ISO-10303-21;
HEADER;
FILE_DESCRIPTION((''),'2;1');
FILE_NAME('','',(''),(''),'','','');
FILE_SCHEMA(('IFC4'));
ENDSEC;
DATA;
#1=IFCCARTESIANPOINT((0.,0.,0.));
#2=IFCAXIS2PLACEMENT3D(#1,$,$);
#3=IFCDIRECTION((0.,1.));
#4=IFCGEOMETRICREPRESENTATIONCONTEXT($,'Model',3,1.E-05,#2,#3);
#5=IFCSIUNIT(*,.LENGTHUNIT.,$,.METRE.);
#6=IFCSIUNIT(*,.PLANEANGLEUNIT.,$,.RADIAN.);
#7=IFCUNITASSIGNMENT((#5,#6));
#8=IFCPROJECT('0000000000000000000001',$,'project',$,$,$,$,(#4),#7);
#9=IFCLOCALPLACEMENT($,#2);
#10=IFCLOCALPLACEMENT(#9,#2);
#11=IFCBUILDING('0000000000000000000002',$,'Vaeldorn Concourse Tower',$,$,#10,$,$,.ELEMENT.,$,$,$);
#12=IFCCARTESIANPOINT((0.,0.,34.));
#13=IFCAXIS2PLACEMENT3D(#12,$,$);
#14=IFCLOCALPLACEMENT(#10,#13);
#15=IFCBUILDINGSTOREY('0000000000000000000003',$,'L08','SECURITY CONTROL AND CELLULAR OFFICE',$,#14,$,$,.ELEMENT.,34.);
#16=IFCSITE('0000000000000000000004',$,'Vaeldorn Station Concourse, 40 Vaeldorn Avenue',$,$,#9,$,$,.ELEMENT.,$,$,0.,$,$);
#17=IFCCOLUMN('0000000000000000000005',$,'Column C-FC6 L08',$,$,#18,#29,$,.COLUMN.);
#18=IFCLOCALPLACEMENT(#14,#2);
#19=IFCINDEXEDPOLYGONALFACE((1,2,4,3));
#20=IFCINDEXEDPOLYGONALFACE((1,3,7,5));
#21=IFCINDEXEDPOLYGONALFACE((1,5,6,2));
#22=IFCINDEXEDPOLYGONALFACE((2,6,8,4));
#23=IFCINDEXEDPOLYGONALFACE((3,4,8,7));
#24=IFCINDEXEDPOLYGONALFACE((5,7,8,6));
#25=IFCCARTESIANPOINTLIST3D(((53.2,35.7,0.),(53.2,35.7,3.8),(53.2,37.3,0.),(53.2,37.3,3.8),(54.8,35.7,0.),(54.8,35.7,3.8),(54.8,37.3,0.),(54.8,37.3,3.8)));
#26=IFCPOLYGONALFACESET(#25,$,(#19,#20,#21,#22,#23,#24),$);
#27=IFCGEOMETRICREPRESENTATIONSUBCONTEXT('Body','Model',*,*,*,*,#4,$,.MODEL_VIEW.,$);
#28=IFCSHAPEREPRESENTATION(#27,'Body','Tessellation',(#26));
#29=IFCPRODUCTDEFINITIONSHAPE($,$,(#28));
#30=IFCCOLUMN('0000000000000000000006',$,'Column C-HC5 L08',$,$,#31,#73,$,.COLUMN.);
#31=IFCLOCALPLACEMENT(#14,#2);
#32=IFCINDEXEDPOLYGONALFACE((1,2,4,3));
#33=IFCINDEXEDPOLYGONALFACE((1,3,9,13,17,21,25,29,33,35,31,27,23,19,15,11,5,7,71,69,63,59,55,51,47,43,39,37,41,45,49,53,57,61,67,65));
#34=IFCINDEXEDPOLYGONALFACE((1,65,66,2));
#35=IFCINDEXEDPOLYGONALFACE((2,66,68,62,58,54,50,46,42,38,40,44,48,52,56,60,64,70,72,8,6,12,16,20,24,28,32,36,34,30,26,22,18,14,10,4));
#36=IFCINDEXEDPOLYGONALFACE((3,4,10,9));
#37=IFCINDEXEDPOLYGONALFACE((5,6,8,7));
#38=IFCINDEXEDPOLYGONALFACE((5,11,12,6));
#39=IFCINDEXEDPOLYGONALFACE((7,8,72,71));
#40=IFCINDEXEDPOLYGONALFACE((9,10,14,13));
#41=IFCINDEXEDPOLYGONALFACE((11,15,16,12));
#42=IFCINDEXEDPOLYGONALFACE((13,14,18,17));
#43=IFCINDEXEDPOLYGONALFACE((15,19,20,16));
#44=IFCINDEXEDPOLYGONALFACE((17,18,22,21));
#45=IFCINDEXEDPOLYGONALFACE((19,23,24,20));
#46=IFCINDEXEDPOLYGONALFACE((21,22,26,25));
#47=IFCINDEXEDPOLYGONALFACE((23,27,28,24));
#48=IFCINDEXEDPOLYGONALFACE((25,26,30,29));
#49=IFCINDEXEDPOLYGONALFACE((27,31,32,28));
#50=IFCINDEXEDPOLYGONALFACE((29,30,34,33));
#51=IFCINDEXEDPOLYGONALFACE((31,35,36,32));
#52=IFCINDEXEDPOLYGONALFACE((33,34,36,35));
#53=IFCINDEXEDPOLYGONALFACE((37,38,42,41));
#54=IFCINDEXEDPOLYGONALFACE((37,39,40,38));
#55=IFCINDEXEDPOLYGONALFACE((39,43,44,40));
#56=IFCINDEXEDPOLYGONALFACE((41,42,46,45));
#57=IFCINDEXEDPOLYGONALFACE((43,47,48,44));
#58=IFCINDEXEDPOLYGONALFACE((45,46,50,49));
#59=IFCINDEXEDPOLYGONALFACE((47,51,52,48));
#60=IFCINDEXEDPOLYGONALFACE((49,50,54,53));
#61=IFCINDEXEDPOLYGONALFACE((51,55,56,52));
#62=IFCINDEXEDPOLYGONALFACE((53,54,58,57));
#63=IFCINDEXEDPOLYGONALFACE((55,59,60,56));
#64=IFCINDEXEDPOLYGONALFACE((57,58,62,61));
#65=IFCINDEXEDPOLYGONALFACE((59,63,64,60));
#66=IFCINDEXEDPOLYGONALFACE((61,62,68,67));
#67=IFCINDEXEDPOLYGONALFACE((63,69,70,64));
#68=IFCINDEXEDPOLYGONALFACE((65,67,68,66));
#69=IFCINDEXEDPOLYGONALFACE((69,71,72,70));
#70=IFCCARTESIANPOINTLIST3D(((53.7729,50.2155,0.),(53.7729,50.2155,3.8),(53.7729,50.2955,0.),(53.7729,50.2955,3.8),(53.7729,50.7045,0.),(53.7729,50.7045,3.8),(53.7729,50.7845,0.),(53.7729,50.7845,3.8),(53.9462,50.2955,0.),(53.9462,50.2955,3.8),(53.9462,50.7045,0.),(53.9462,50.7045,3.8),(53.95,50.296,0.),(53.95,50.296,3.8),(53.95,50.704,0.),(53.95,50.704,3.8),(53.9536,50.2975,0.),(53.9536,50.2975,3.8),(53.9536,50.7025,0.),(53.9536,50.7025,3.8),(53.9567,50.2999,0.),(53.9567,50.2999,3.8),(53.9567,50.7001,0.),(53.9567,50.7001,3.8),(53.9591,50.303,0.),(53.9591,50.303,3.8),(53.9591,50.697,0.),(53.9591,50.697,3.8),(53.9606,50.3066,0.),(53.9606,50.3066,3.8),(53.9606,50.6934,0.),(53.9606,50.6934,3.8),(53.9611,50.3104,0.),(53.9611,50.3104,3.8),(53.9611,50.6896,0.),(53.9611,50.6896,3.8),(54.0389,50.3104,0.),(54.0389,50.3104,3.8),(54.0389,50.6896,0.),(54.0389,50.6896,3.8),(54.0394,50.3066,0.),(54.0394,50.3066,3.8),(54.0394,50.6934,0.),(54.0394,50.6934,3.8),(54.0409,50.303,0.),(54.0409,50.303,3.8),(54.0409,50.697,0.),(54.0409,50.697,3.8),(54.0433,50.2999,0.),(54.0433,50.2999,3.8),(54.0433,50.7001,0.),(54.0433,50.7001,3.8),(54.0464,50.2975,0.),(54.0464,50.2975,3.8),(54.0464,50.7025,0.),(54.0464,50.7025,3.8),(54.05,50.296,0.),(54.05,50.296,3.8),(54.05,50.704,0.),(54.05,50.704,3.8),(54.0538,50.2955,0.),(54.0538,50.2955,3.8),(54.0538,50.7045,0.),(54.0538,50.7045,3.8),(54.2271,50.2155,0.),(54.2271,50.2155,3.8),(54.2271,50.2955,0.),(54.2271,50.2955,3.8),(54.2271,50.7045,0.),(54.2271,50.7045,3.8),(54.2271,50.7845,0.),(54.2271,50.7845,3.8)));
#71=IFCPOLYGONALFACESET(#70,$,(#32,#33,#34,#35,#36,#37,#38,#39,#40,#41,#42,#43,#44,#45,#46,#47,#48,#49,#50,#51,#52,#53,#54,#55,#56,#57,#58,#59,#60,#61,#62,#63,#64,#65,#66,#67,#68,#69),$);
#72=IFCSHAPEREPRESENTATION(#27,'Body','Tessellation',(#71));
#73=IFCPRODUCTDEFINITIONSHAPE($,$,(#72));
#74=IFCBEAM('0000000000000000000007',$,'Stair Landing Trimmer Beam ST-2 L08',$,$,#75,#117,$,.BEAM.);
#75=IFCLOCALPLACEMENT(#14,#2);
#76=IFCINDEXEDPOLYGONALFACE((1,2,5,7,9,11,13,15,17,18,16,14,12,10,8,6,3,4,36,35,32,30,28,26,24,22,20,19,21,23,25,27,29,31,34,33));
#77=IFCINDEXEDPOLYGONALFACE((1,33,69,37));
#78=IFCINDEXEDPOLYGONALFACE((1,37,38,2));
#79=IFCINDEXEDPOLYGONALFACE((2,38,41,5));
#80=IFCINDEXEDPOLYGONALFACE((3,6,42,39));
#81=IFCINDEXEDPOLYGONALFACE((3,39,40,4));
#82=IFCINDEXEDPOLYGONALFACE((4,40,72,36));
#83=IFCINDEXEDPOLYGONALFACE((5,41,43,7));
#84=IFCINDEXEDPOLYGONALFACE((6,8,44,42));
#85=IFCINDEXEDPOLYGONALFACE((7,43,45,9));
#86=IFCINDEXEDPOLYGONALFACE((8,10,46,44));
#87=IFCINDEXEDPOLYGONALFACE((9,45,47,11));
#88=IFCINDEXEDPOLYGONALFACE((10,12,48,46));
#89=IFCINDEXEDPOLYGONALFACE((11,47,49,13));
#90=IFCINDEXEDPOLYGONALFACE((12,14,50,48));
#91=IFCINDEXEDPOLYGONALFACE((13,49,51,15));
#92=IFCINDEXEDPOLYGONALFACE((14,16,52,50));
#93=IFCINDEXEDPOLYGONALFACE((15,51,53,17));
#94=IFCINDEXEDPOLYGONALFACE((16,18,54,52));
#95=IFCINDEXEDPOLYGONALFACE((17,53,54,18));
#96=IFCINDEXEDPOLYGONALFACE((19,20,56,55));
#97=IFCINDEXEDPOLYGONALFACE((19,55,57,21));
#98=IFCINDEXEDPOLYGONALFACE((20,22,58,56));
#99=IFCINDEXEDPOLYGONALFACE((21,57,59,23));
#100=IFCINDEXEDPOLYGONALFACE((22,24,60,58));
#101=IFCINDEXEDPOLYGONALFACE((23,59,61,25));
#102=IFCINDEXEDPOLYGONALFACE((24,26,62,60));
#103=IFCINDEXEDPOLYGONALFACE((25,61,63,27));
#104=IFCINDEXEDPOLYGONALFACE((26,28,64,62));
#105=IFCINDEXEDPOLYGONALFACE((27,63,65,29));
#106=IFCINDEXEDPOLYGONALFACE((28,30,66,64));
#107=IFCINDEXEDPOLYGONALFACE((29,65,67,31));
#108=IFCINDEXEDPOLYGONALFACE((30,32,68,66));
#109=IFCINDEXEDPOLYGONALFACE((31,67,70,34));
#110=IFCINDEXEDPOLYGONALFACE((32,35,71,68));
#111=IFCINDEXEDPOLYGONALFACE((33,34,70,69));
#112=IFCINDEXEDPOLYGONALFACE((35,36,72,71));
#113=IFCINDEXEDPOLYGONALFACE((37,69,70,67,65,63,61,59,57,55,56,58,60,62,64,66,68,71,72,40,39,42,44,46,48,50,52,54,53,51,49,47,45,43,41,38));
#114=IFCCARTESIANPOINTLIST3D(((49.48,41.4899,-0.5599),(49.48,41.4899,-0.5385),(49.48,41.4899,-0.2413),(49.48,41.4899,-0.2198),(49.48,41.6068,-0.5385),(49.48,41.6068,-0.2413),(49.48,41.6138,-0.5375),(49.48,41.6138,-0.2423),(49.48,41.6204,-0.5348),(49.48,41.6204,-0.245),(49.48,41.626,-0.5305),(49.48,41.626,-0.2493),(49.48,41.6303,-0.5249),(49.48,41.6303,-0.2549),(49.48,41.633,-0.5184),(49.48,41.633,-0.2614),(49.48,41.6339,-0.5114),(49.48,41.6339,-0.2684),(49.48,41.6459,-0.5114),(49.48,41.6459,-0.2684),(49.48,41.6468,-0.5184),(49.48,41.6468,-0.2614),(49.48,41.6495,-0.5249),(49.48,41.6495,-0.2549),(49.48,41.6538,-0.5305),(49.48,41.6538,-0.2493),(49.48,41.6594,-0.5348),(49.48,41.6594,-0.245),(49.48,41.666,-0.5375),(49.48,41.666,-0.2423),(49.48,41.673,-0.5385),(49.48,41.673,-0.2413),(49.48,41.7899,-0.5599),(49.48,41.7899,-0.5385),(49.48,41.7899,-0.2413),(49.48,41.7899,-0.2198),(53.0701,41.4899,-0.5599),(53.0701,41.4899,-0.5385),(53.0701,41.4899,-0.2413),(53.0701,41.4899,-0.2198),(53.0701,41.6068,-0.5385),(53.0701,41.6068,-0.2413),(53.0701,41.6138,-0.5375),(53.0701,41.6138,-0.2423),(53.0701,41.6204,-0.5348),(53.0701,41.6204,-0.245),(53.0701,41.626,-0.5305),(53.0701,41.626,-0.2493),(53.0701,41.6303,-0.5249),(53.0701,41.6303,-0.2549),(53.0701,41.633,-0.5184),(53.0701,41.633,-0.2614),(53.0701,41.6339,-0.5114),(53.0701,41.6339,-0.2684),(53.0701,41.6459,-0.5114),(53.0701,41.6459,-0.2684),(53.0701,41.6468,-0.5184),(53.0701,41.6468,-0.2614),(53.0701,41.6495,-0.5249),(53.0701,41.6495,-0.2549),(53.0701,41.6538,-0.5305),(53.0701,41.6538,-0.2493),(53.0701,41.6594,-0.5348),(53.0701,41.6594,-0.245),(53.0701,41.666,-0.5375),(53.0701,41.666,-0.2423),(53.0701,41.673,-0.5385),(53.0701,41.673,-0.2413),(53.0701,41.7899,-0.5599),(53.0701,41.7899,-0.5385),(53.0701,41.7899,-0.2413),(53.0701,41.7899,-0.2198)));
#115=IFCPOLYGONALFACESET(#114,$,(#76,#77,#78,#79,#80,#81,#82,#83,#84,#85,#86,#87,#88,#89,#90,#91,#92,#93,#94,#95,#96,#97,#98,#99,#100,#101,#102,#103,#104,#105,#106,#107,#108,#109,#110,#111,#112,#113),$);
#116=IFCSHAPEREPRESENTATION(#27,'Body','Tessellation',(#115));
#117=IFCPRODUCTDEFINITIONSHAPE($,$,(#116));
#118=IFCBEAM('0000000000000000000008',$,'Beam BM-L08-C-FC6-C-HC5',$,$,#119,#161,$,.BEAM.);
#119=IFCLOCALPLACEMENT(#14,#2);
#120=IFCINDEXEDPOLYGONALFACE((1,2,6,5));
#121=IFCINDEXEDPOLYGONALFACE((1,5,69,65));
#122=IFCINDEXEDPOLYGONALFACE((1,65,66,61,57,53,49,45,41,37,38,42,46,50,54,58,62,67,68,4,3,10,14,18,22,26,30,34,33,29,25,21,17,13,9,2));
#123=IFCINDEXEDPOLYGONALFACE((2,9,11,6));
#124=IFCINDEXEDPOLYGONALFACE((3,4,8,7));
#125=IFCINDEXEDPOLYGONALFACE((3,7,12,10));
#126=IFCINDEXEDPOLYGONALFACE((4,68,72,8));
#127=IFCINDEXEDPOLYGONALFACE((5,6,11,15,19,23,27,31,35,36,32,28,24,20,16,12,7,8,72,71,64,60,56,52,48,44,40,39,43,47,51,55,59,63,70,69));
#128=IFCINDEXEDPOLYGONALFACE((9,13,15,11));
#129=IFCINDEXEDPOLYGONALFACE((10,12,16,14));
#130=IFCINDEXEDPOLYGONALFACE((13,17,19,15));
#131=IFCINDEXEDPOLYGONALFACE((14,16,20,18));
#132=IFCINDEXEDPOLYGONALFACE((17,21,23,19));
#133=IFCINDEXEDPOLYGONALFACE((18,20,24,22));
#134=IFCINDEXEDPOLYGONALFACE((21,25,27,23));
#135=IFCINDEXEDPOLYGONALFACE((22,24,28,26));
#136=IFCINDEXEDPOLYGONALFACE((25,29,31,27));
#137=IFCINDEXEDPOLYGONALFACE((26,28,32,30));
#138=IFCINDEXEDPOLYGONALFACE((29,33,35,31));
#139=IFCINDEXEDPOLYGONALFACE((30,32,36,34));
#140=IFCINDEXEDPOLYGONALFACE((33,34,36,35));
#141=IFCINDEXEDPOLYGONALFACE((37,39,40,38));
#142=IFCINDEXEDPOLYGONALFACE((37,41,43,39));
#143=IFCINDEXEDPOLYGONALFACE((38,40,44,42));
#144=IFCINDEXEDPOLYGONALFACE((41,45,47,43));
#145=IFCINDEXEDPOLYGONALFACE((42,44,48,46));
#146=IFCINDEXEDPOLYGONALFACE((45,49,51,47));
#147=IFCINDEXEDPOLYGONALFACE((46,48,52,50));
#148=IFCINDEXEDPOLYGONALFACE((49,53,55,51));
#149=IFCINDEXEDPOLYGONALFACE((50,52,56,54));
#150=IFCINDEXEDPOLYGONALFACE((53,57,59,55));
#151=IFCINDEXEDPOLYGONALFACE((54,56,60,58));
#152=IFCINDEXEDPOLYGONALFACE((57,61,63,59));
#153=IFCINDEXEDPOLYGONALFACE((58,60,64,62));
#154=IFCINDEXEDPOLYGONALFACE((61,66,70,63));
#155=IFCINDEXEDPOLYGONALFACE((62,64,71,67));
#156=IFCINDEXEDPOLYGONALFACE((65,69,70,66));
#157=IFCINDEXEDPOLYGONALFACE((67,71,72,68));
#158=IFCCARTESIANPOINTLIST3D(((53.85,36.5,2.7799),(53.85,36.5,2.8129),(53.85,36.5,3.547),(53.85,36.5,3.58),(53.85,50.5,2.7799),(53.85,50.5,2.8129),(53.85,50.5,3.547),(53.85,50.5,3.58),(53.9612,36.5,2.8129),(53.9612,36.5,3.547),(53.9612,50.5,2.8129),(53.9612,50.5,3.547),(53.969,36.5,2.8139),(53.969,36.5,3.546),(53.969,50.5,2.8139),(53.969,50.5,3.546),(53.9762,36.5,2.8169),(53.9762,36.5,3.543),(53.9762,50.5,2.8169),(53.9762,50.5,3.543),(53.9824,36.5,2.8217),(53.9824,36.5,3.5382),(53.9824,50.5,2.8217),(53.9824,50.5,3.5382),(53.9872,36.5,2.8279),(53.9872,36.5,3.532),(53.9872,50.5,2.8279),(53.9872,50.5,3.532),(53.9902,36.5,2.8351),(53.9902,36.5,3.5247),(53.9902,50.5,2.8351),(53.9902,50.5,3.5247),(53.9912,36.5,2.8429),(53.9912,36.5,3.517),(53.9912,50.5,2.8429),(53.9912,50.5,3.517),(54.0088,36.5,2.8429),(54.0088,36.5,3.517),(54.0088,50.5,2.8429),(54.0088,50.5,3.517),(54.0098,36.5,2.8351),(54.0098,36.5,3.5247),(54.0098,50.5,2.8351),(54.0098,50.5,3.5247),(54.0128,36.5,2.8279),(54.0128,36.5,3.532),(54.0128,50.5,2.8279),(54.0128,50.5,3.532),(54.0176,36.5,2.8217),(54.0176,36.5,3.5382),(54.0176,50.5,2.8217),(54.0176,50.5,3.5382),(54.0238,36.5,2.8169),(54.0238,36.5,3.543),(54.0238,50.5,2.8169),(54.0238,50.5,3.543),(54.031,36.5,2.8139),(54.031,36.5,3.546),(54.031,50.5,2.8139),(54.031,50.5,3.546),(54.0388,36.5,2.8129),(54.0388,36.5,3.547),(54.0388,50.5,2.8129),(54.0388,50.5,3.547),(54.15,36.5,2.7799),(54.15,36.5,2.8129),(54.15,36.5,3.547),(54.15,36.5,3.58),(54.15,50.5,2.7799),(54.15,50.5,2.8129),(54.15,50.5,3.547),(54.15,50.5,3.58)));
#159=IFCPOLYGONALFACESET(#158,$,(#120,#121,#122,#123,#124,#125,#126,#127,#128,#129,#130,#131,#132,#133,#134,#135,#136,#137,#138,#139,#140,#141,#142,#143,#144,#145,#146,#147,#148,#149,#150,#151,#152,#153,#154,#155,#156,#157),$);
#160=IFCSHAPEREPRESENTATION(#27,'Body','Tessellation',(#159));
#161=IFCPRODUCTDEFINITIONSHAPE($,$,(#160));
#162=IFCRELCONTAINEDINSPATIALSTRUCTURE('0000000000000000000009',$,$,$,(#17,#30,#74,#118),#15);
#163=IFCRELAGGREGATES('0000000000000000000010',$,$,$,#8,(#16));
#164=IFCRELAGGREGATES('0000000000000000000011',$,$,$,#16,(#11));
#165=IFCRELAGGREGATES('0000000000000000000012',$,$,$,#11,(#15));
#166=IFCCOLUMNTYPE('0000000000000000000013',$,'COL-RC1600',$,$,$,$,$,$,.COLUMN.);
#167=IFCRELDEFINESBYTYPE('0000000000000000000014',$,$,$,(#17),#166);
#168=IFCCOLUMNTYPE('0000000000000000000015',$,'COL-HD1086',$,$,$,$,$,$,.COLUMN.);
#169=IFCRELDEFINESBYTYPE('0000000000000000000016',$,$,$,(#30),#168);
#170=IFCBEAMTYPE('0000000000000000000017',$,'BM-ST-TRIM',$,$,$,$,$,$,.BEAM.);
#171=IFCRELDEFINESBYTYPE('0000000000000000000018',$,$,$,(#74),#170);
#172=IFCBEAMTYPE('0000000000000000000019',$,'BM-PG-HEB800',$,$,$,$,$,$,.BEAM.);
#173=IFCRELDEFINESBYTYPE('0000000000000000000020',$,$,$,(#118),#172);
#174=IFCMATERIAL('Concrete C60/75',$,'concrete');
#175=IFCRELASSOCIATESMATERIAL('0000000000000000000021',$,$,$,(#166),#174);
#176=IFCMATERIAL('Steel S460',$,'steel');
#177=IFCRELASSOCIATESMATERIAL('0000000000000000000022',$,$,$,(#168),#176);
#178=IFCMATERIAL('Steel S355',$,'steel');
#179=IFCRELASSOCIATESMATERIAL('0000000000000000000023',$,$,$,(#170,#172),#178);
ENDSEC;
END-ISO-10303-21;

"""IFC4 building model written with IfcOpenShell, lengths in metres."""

from ifc_helpers import new_model, si_unit, direction, frame, origin, origin_2d, place, context, subcontext, project, spatial, rectangle, i_section, extrude, source, transform, mapped, material, material_profile, profile_set, type_object, element, save


model = new_model("IFC4")

# Units and contexts
model_context = context("Model", 3, precision=1e-05, world=origin(), true_north=direction((0.0, 1.0)))
body_context = subcontext(model_context, "Body", "Model", "MODEL_VIEW")
ifc_project = project(units=[si_unit("LENGTHUNIT", "METRE"), si_unit("PLANEANGLEUNIT", "RADIAN")], contexts=[model_context])

# Site, building, storey
site_placement = place(None, origin())
site = spatial("IfcSite", under=ifc_project, at=site_placement, Name="Vaeldorn Station Concourse, 40 Vaeldorn Avenue", CompositionType="ELEMENT", RefElevation=0.0)
building_placement = place(site_placement, origin())
building = spatial("IfcBuilding", under=site, at=building_placement, Name="Vaeldorn Concourse Tower", CompositionType="ELEMENT")
storey_placement = place(building_placement, frame((0.0, 0.0, 34.0)))
storey = spatial("IfcBuildingStorey", under=building, at=storey_placement, Name="L08", Description="SECURITY CONTROL AND CELLULAR OFFICE", CompositionType="ELEMENT", Elevation=34.0)

# Columns
ifc_material_1 = material(Name="Concrete C60/75", Category="concrete")
ifc_material_profile_1 = material_profile(ifc_material_1, rectangle(XDim=1.6001, YDim=1.6001, at=origin_2d()), Name="RC 1600x1600")
ifc_profile_set_1 = profile_set([ifc_material_profile_1], Name="Concrete C60/75")
column_type_1 = type_object("IfcColumnType", Name="COL-RC1600", PredefinedType="COLUMN", material=ifc_profile_set_1)
shared_shape_1 = source(origin(), body_context, "Body", "SweptSolid", [
    extrude(rectangle(XDim=1.6001, YDim=1.6001, at=origin_2d()), origin(), (0.0, 0.0, 1.0), 3.8),
])
column_1_placement = place(storey_placement, frame((54.0, 36.5, 0.0), z_axis=(0.0, 0.0, 1.0), x_axis=(1.0, 0.0, 0.0)))
element("IfcColumn", 1, at=column_1_placement, inside=storey, type_object=column_type_1, Name="Column C-FC6 L08", PredefinedType="COLUMN", context=body_context, shape_type="MappedRepresentation", body=[
    mapped(shared_shape_1, transform((0.0, 0.0, 0.0), scale=1.0)),
])
ifc_material_2 = material(Name="Steel S460", Category="steel")
ifc_material_profile_2 = material_profile(ifc_material_2, i_section(OverallWidth=0.4541, OverallDepth=0.5691, WebThickness=0.0779, FlangeThickness=0.0801, FilletRadius=0.0149, at=origin_2d()), Name="HD 400x1086")
ifc_profile_set_2 = profile_set([ifc_material_profile_2], Name="Steel S460")
column_type_2 = type_object("IfcColumnType", Name="COL-HD1086", PredefinedType="COLUMN", material=ifc_profile_set_2)
shared_shape_2 = source(origin(), body_context, "Body", "SweptSolid", [
    extrude(i_section(OverallWidth=0.4541, OverallDepth=0.5691, WebThickness=0.0779, FlangeThickness=0.0801, FilletRadius=0.0149, at=origin_2d()), origin(), (0.0, 0.0, 1.0), 3.8),
])
column_2_placement = place(storey_placement, frame((54.0, 50.5, 0.0), z_axis=(0.0, 0.0, 1.0), x_axis=(1.0, 0.0, 0.0)))
element("IfcColumn", 2, at=column_2_placement, inside=storey, type_object=column_type_2, Name="Column C-HC5 L08", PredefinedType="COLUMN", context=body_context, shape_type="MappedRepresentation", body=[
    mapped(shared_shape_2, transform((0.0, 0.0, 0.0), scale=1.0)),
])

# Beams
ifc_material_3 = material(Name="Steel S355", Category="steel")
ifc_material_profile_3 = material_profile(ifc_material_3, i_section(OverallWidth=0.3, OverallDepth=0.3401, WebThickness=0.012, FlangeThickness=0.0215, FilletRadius=0.0271, at=origin_2d()), Name="HEB 340")
ifc_profile_set_3 = profile_set([ifc_material_profile_3], Name="Steel S355")
beam_type_1 = type_object("IfcBeamType", Name="BM-ST-TRIM", PredefinedType="BEAM", material=ifc_profile_set_3)
shared_shape_3 = source(origin(), body_context, "Body", "SweptSolid", [
    extrude(i_section(OverallWidth=0.3, OverallDepth=0.3401, WebThickness=0.012, FlangeThickness=0.0215, FilletRadius=0.0271, at=origin_2d()), origin(), (0.0, 0.0, 1.0), 3.5901),
])
beam_1_placement = place(storey_placement, frame((49.48, 41.6399, -0.3899), z_axis=(1.0, 0.0, 0.0), x_axis=(0.0, 1.0, 0.0)))
element("IfcBeam", 3, at=beam_1_placement, inside=storey, type_object=beam_type_1, Name="Stair Landing Trimmer Beam ST-2 L08", PredefinedType="BEAM", context=body_context, shape_type="MappedRepresentation", body=[
    mapped(shared_shape_3, transform((0.0, 0.0, 0.0), scale=1.0)),
])
ifc_material_profile_4 = material_profile(ifc_material_3, i_section(OverallWidth=0.3, OverallDepth=0.8, WebThickness=0.0176, FlangeThickness=0.033, FilletRadius=0.03, at=origin_2d()), Name="HEB 800")
ifc_profile_set_4 = profile_set([ifc_material_profile_4], Name="Steel S355")
beam_type_2 = type_object("IfcBeamType", Name="BM-PG-HEB800", PredefinedType="BEAM", material=ifc_profile_set_4)
shared_shape_4 = source(origin(), body_context, "Body", "SweptSolid", [
    extrude(i_section(OverallWidth=0.3, OverallDepth=0.8, WebThickness=0.0176, FlangeThickness=0.033, FilletRadius=0.03, at=origin_2d()), origin(), (0.0, 0.0, 1.0), 14.0),
])
beam_2_placement = place(storey_placement, frame((54.0, 36.5, 3.1799), z_axis=(0.0, 1.0, 0.0), x_axis=(-1.0, 0.0, 0.0)))
element("IfcBeam", 4, at=beam_2_placement, inside=storey, type_object=beam_type_2, Name="Beam BM-L08-C-FC6-C-HC5", PredefinedType="BEAM", context=body_context, shape_type="MappedRepresentation", body=[
    mapped(shared_shape_4, transform((0.0, 0.0, 0.0), scale=1.0)),
])

save(model, "model.ifc")
